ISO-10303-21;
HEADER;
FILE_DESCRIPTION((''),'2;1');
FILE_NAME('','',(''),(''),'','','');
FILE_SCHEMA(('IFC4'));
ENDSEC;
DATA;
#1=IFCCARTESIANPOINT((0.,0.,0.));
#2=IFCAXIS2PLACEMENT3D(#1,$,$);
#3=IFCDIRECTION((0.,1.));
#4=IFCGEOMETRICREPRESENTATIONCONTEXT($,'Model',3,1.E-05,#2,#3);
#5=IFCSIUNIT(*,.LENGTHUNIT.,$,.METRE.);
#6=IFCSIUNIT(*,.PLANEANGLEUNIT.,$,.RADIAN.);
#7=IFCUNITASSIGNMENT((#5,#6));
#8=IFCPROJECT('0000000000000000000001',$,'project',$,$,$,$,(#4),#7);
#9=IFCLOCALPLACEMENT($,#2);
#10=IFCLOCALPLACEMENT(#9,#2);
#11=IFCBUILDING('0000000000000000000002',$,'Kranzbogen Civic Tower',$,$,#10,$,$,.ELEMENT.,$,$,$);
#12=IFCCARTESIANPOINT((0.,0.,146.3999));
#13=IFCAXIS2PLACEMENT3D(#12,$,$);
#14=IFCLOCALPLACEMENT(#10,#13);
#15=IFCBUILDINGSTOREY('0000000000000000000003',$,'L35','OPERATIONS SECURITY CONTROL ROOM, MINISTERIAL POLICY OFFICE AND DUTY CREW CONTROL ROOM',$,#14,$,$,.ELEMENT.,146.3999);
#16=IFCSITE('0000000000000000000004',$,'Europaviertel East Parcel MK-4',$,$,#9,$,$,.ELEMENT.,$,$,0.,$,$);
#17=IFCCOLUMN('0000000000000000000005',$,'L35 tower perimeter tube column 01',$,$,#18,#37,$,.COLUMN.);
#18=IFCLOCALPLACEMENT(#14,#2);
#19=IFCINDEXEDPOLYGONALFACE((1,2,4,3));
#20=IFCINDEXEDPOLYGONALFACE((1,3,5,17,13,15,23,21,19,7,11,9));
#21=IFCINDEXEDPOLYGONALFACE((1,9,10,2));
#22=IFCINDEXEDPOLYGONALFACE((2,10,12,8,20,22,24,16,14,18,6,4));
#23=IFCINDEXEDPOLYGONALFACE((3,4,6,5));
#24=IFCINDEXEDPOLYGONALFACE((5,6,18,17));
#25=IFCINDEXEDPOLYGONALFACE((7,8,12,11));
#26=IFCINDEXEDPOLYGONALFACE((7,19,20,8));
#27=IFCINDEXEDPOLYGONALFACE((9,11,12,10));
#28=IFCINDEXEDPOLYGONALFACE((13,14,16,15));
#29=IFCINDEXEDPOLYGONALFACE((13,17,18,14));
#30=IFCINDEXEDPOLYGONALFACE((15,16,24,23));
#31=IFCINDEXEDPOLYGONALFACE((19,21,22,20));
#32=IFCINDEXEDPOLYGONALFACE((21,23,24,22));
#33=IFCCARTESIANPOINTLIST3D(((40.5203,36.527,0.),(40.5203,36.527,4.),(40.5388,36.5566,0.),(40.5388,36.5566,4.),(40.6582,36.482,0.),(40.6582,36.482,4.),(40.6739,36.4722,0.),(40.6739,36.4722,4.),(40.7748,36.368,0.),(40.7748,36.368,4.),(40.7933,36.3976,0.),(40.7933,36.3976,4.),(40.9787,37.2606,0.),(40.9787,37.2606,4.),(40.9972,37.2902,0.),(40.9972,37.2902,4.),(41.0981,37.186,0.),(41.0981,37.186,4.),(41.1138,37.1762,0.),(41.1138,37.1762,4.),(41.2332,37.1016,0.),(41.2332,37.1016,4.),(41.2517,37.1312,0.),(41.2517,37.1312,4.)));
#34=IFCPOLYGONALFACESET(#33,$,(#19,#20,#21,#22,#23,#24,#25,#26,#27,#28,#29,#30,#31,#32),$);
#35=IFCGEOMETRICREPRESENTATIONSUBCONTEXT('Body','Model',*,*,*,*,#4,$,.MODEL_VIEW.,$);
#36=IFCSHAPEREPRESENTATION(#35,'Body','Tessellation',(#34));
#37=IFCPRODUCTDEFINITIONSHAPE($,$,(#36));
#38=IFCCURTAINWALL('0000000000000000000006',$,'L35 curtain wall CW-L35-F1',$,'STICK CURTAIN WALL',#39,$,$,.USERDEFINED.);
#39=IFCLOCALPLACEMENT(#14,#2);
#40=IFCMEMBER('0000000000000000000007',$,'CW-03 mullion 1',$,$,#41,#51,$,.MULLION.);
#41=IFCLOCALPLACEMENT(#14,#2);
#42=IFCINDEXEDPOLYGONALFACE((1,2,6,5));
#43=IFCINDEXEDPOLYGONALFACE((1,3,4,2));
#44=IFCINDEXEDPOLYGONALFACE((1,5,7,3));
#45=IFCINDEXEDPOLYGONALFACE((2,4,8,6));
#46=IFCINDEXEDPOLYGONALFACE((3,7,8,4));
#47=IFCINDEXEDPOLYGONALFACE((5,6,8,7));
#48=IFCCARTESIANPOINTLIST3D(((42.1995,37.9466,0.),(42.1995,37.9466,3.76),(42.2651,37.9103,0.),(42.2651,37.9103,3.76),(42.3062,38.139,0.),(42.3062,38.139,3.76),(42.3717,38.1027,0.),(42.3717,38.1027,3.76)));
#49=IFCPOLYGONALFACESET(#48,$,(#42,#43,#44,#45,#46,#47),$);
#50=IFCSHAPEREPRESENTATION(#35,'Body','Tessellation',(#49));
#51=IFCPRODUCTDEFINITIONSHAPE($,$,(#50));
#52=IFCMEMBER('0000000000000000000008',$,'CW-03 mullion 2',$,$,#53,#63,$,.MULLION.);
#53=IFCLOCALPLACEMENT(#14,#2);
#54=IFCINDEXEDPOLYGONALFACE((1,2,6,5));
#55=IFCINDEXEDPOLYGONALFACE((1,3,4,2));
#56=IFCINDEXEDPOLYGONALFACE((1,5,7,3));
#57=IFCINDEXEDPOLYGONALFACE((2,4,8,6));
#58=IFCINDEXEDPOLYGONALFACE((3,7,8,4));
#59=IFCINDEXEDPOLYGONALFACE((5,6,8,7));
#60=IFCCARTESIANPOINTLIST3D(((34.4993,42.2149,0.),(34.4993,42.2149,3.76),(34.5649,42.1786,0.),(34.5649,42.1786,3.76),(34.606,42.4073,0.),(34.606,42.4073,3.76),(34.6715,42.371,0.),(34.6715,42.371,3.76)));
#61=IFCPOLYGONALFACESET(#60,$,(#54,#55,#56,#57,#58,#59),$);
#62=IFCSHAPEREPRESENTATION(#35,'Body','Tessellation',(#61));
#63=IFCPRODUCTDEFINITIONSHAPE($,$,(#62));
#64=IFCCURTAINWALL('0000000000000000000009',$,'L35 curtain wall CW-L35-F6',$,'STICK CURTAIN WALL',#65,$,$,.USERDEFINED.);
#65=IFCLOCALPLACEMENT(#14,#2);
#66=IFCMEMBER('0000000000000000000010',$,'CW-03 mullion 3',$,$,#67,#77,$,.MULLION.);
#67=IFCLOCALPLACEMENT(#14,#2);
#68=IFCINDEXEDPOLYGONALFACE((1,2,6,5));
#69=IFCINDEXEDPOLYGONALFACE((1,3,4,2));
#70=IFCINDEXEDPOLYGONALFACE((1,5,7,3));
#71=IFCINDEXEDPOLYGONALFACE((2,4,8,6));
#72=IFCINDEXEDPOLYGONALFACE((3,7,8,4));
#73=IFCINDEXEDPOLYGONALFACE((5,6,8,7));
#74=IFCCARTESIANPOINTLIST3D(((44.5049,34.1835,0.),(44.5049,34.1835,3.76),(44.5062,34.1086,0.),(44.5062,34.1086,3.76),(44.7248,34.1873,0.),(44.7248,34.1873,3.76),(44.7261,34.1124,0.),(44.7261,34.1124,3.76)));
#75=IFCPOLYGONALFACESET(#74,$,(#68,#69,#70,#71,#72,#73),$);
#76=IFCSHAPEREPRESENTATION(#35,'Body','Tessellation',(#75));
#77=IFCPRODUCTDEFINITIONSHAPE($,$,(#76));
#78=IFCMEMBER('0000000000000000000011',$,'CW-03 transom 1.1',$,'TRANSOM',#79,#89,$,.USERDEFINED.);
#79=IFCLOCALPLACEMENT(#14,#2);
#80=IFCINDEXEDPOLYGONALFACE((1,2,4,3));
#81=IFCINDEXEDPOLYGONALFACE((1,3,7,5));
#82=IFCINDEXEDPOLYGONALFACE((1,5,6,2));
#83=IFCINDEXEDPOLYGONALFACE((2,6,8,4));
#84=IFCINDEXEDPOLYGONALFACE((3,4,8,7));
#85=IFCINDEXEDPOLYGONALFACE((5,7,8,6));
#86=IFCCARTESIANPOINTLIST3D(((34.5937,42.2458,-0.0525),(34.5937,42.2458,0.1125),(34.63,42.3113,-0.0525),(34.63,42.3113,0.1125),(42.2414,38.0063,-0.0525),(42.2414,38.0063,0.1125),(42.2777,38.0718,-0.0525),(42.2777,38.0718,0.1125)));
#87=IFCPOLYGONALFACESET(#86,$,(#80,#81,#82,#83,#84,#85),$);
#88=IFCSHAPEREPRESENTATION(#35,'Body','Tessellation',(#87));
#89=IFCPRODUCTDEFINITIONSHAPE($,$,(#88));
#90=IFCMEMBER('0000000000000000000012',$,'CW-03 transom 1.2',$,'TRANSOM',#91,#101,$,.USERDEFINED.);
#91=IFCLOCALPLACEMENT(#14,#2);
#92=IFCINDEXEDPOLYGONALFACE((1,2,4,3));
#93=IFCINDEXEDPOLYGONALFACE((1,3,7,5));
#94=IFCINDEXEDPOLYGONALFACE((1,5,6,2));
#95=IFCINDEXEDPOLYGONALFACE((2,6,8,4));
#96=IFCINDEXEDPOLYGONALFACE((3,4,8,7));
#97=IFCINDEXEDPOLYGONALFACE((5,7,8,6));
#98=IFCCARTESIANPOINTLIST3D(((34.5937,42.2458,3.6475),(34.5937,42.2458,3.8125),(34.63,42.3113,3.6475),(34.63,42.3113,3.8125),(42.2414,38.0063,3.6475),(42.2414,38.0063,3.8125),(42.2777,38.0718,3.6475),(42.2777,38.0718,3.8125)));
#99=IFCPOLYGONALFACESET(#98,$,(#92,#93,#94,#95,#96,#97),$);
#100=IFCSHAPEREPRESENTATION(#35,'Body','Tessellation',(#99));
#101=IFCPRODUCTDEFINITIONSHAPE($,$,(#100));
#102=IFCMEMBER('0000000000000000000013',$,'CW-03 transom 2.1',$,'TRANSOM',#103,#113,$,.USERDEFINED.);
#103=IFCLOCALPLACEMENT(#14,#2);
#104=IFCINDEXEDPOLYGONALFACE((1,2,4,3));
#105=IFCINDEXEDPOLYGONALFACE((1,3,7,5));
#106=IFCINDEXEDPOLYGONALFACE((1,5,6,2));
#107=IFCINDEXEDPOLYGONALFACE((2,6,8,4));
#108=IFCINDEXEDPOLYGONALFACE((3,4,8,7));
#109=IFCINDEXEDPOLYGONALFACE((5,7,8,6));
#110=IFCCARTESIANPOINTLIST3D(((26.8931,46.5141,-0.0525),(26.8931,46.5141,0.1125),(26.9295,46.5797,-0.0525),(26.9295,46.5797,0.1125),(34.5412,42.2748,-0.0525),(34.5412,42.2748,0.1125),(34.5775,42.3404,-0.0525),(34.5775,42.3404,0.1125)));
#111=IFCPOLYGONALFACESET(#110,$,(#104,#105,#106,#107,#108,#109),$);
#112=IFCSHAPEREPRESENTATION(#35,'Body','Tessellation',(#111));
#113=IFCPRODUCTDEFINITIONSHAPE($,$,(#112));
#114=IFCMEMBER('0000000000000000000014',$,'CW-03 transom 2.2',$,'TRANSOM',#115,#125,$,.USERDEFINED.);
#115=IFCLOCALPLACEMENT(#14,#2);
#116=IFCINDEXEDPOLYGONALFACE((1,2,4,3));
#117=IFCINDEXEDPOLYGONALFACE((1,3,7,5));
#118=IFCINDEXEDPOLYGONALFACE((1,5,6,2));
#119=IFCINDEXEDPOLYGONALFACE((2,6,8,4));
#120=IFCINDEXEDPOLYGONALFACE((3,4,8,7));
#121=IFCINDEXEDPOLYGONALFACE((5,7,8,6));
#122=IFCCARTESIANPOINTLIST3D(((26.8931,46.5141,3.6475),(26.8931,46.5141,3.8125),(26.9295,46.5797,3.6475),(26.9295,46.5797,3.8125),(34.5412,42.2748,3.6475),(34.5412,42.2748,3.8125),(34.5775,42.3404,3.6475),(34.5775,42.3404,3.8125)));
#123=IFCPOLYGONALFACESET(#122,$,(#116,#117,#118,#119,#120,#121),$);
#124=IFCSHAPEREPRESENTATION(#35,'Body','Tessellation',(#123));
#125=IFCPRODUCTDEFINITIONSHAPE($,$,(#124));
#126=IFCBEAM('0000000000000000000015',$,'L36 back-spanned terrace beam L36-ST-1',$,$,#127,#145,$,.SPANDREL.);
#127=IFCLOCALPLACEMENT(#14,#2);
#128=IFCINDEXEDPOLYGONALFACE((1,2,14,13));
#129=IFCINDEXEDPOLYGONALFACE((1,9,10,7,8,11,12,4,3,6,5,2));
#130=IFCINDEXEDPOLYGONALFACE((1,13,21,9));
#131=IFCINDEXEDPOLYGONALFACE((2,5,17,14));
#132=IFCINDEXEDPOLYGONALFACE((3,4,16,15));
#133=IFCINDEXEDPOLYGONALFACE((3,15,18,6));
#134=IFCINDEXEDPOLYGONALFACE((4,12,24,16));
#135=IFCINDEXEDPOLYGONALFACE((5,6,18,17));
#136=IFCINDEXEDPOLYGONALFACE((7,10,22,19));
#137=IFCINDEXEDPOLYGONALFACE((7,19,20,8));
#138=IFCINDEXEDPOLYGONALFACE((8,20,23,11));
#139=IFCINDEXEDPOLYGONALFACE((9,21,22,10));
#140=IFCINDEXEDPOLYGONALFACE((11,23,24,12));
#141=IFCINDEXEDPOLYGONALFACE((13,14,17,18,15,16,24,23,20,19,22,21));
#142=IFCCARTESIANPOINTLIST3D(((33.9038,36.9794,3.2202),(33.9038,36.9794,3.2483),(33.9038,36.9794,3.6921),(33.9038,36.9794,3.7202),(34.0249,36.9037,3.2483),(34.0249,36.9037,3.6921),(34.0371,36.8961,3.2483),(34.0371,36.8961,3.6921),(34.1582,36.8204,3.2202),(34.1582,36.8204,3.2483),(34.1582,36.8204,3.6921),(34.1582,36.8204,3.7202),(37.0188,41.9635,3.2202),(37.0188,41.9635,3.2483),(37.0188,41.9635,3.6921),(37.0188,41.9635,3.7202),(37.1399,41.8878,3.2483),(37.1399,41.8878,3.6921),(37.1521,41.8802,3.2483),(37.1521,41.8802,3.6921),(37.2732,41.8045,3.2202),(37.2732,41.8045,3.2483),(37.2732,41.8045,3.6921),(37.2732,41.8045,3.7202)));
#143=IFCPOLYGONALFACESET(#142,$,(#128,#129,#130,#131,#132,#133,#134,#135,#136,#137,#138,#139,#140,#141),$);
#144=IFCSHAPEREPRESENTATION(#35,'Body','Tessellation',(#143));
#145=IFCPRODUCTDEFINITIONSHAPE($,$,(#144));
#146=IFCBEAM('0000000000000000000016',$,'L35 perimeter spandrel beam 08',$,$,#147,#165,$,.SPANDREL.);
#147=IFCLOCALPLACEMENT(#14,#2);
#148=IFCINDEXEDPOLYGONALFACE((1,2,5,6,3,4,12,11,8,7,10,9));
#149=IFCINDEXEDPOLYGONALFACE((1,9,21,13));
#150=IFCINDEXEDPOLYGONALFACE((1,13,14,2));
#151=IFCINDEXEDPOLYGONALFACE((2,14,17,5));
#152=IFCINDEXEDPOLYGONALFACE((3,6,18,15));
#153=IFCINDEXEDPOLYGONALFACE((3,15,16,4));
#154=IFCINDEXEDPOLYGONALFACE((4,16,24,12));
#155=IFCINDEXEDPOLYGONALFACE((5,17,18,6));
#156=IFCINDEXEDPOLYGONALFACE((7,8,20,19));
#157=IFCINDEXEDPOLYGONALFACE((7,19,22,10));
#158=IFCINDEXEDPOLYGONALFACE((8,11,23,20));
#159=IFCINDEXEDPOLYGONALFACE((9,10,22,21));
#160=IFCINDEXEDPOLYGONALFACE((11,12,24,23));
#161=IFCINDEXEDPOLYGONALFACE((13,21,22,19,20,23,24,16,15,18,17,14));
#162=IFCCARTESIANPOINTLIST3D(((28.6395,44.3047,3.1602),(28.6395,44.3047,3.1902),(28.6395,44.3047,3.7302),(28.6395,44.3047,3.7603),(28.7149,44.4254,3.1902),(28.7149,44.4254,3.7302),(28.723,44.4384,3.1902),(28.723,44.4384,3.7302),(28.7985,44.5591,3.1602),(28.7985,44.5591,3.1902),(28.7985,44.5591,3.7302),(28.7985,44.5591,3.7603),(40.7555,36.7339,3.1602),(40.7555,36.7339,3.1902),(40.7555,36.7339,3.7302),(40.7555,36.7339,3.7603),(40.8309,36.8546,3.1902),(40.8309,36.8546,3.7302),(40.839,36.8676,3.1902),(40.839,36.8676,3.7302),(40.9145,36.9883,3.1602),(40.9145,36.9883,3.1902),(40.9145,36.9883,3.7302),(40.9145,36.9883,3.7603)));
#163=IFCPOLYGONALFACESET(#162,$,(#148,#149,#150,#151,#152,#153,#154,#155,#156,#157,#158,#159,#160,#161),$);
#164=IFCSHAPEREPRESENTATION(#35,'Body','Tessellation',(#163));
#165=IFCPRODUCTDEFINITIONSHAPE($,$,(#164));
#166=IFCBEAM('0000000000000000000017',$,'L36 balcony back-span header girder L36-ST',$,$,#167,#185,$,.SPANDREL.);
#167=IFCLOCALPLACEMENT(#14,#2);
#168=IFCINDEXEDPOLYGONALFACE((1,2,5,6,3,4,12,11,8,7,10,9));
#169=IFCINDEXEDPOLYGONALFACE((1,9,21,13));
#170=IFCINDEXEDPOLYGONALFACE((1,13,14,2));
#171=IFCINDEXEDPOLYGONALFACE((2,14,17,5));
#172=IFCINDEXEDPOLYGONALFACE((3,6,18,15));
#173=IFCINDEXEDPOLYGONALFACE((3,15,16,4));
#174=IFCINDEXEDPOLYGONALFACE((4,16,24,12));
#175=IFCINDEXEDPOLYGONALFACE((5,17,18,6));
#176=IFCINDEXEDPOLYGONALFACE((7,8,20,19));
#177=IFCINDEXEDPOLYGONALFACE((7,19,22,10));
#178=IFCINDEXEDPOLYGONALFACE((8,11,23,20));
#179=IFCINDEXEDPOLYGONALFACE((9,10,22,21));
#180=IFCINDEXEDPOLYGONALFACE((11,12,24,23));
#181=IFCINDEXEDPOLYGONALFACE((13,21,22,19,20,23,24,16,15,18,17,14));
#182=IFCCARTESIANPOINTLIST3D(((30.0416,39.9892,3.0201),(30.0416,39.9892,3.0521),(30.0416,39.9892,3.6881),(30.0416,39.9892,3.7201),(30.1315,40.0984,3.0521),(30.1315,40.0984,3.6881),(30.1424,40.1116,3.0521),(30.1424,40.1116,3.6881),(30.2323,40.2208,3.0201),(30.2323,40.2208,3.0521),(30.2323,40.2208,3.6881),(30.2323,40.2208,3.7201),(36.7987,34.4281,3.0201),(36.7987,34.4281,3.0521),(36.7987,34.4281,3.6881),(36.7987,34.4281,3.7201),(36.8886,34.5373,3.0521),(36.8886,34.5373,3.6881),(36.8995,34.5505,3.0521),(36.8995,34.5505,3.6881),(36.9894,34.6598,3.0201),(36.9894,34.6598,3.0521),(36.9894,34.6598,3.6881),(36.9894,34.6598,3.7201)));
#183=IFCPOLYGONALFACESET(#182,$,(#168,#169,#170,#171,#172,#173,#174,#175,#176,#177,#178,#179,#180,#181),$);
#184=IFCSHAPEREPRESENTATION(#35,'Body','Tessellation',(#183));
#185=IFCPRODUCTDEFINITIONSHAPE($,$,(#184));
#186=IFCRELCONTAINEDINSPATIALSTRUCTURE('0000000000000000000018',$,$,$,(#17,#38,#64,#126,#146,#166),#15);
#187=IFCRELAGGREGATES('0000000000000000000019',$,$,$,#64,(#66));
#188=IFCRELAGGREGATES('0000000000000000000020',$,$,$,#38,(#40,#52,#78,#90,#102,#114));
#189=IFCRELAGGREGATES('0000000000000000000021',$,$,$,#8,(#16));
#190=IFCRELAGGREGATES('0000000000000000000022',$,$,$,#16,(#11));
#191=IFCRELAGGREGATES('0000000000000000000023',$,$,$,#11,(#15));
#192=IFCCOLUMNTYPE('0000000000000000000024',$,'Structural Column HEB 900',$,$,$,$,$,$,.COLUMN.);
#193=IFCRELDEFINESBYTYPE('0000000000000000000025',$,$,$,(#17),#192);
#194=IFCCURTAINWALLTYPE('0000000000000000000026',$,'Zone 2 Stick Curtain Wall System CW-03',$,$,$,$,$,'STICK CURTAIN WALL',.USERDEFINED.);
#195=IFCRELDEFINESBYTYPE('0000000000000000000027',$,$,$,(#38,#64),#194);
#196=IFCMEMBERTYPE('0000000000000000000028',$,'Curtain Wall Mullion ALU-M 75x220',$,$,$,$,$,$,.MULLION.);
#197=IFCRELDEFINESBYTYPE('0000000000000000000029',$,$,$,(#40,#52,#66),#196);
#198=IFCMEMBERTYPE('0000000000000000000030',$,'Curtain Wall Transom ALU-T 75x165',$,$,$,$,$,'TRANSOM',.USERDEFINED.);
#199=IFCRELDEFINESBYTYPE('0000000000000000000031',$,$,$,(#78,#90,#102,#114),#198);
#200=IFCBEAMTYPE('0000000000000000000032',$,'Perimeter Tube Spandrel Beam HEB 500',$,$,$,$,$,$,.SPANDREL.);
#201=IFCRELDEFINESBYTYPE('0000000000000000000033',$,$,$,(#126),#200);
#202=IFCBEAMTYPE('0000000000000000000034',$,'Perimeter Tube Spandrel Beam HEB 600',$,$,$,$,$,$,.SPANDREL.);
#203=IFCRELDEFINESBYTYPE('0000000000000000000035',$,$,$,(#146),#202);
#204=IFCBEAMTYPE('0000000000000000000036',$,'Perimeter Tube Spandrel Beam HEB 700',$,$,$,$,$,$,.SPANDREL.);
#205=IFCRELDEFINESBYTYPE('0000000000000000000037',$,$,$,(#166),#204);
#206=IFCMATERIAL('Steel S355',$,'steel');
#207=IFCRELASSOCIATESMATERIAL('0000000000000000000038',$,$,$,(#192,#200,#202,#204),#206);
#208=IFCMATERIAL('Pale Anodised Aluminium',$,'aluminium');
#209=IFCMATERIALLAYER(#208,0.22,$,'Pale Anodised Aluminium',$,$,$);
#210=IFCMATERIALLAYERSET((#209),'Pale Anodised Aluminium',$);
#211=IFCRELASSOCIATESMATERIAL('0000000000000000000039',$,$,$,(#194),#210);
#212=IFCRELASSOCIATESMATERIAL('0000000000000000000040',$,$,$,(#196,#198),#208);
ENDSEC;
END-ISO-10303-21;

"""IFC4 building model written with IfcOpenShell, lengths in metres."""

from ifc_helpers import new_model, si_unit, direction, frame, origin, origin_2d, place, context, subcontext, project, spatial, rectangle, i_section, extrude, material, layer, layer_set, material_profile, profile_set, type_object, element, aggregate, save


model = new_model("IFC4")

# Units and contexts
model_context = context("Model", 3, precision=1e-05, world=origin(), true_north=direction((0.0, 1.0)))
body_context = subcontext(model_context, "Body", "Model", "MODEL_VIEW")
ifc_project = project(units=[si_unit("LENGTHUNIT", "METRE"), si_unit("PLANEANGLEUNIT", "RADIAN")], contexts=[model_context])

# Site, building, storey
site_placement = place(None, origin())
site = spatial("IfcSite", under=ifc_project, at=site_placement, Name="Europaviertel East Parcel MK-4", CompositionType="ELEMENT", RefElevation=0.0)
building_placement = place(site_placement, origin())
building = spatial("IfcBuilding", under=site, at=building_placement, Name="Kranzbogen Civic Tower", CompositionType="ELEMENT")
storey_placement = place(building_placement, frame((0.0, 0.0, 146.3999)))
storey = spatial("IfcBuildingStorey", under=building, at=storey_placement, Name="L35", Description="OPERATIONS SECURITY CONTROL ROOM, MINISTERIAL POLICY OFFICE AND DUTY CREW CONTROL ROOM", CompositionType="ELEMENT", Elevation=146.3999)

# Column
ifc_material_1 = material(Name="Steel S355", Category="steel")
ifc_material_profile_1 = material_profile(ifc_material_1, i_section(OverallWidth=0.3, OverallDepth=0.8999, WebThickness=0.0186, FlangeThickness=0.0349, at=origin_2d()), Name="HEB 900")
ifc_profile_set_1 = profile_set([ifc_material_profile_1], Name="Steel S355")
column_type = type_object("IfcColumnType", Name="Structural Column HEB 900", PredefinedType="COLUMN", material=ifc_profile_set_1)
column_placement = place(storey_placement, frame((40.886, 36.8291, 0.0), z_axis=(0.0, 0.0, 1.0), x_axis=(-0.848048, 0.529919, 0.0)))
element("IfcColumn", 1, at=column_placement, inside=storey, type_object=column_type, Name="L35 tower perimeter tube column 01", PredefinedType="COLUMN", context=body_context, shape_type="SweptSolid", body=[
    extrude(i_section(OverallWidth=0.3, OverallDepth=0.8999, WebThickness=0.0186, FlangeThickness=0.0349, at=origin_2d()), origin(), (0.0, 0.0, 1.0), 4.0),
])

# Curtain wall, members
ifc_material_2 = material(Name="Pale Anodised Aluminium", Category="aluminium")
ifc_layer_1 = layer(ifc_material_2, 0.22, Name="Pale Anodised Aluminium")
ifc_layer_set_1 = layer_set([ifc_layer_1], Name="Pale Anodised Aluminium")
curtain_wall_type = type_object("IfcCurtainWallType", Name="Zone 2 Stick Curtain Wall System CW-03", ElementType="STICK CURTAIN WALL", PredefinedType="USERDEFINED", material=ifc_layer_set_1)
curtain_wall_1_placement = place(storey_placement, origin())
curtain_wall_1 = element("IfcCurtainWall", 2, at=curtain_wall_1_placement, inside=storey, type_object=curtain_wall_type, Name="L35 curtain wall CW-L35-F1", ObjectType="STICK CURTAIN WALL", PredefinedType="USERDEFINED")
ifc_material_profile_2 = material_profile(ifc_material_2, rectangle(XDim=0.075, YDim=0.22, at=origin_2d()), Name="ALU-M 75x220")
ifc_profile_set_2 = profile_set([ifc_material_profile_2], Name="Pale Anodised Aluminium")
member_type_1 = type_object("IfcMemberType", Name="Curtain Wall Mullion ALU-M 75x220", PredefinedType="MULLION", material=ifc_profile_set_2)
member_1_placement = place(storey_placement, frame((42.2856, 38.0247, 0.0), z_axis=(0.0, 0.0, 1.0), x_axis=(-0.874613, 0.484821, 0.0)))
member_1 = element("IfcMember", 3, at=member_1_placement, type_object=member_type_1, Name="CW-03 mullion 1", PredefinedType="MULLION", context=body_context, shape_type="SweptSolid", body=[
    extrude(rectangle(XDim=0.075, YDim=0.22, at=origin_2d()), origin(), (0.0, 0.0, 1.0), 3.76),
])
member_2_placement = place(storey_placement, frame((34.5854, 42.293, 0.0), z_axis=(0.0, 0.0, 1.0), x_axis=(-0.874613, 0.484821, 0.0)))
member_2 = element("IfcMember", 4, at=member_2_placement, type_object=member_type_1, Name="CW-03 mullion 2", PredefinedType="MULLION", context=body_context, shape_type="SweptSolid", body=[
    extrude(rectangle(XDim=0.075, YDim=0.22, at=origin_2d()), origin(), (0.0, 0.0, 1.0), 3.76),
])

# Curtain wall, member
curtain_wall_2_placement = place(storey_placement, origin())
curtain_wall_2 = element("IfcCurtainWall", 5, at=curtain_wall_2_placement, inside=storey, type_object=curtain_wall_type, Name="L35 curtain wall CW-L35-F6", ObjectType="STICK CURTAIN WALL", PredefinedType="USERDEFINED")
member_3_placement = place(storey_placement, frame((44.6155, 34.1479, 0.0), z_axis=(0.0, 0.0, 1.0), x_axis=(-0.017432, 0.999848, 0.0)))
member_3 = element("IfcMember", 6, at=member_3_placement, type_object=member_type_1, Name="CW-03 mullion 3", PredefinedType="MULLION", context=body_context, shape_type="SweptSolid", body=[
    extrude(rectangle(XDim=0.075, YDim=0.22, at=origin_2d()), origin(), (0.0, 0.0, 1.0), 3.76),
])
aggregate(curtain_wall_2, [member_3])

# Members
ifc_material_profile_3 = material_profile(ifc_material_2, rectangle(XDim=0.075, YDim=0.165, at=origin_2d()), Name="ALU-T 75x165")
ifc_profile_set_3 = profile_set([ifc_material_profile_3], Name="Pale Anodised Aluminium")
member_type_2 = type_object("IfcMemberType", Name="Curtain Wall Transom ALU-T 75x165", ElementType="TRANSOM", PredefinedType="USERDEFINED", material=ifc_profile_set_3)
member_4_placement = place(storey_placement, frame((42.2595, 38.0391, 0.03), z_axis=(-0.874605, 0.484837, 0.0), x_axis=(-0.484837, -0.874605, 0.0)))
member_4 = element("IfcMember", 7, at=member_4_placement, type_object=member_type_2, Name="CW-03 transom 1.1", ObjectType="TRANSOM", PredefinedType="USERDEFINED", context=body_context, shape_type="SweptSolid", body=[
    extrude(rectangle(XDim=0.075, YDim=0.165, at=origin_2d()), origin(), (0.0, 0.0, 1.0), 8.7441),
])
member_5_placement = place(storey_placement, frame((42.2595, 38.0391, 3.73), z_axis=(-0.874605, 0.484837, 0.0), x_axis=(-0.484837, -0.874605, 0.0)))
member_5 = element("IfcMember", 8, at=member_5_placement, type_object=member_type_2, Name="CW-03 transom 1.2", ObjectType="TRANSOM", PredefinedType="USERDEFINED", context=body_context, shape_type="SweptSolid", body=[
    extrude(rectangle(XDim=0.075, YDim=0.165, at=origin_2d()), origin(), (0.0, 0.0, 1.0), 8.7441),
])
member_6_placement = place(storey_placement, frame((34.5593, 42.3076, 0.03), z_axis=(-0.874623, 0.484804, 0.0), x_axis=(-0.484804, -0.874623, 0.0)))
member_6 = element("IfcMember", 9, at=member_6_placement, type_object=member_type_2, Name="CW-03 transom 2.1", ObjectType="TRANSOM", PredefinedType="USERDEFINED", context=body_context, shape_type="SweptSolid", body=[
    extrude(rectangle(XDim=0.075, YDim=0.165, at=origin_2d()), origin(), (0.0, 0.0, 1.0), 8.7444),
])
member_7_placement = place(storey_placement, frame((34.5593, 42.3076, 3.73), z_axis=(-0.874623, 0.484804, 0.0), x_axis=(-0.484804, -0.874623, 0.0)))
member_7 = element("IfcMember", 10, at=member_7_placement, type_object=member_type_2, Name="CW-03 transom 2.2", ObjectType="TRANSOM", PredefinedType="USERDEFINED", context=body_context, shape_type="SweptSolid", body=[
    extrude(rectangle(XDim=0.075, YDim=0.165, at=origin_2d()), origin(), (0.0, 0.0, 1.0), 8.7444),
])

# Beams
ifc_material_profile_4 = material_profile(ifc_material_1, i_section(OverallWidth=0.3, OverallDepth=0.5, WebThickness=0.0144, FlangeThickness=0.0281, at=origin_2d()), Name="HEB 500")
ifc_profile_set_4 = profile_set([ifc_material_profile_4], Name="Steel S355")
beam_type_1 = type_object("IfcBeamType", Name="Perimeter Tube Spandrel Beam HEB 500", PredefinedType="SPANDREL", material=ifc_profile_set_4)
beam_1_placement = place(storey_placement, frame((34.031, 36.8999, 3.4702), z_axis=(0.529988, 0.848005, 0.0), x_axis=(-0.848005, 0.529988, 0.0)))
element("IfcBeam", 11, at=beam_1_placement, inside=storey, type_object=beam_type_1, Name="L36 back-spanned terrace beam L36-ST-1", PredefinedType="SPANDREL", context=body_context, shape_type="SweptSolid", body=[
    extrude(i_section(OverallWidth=0.3, OverallDepth=0.5, WebThickness=0.0144, FlangeThickness=0.0281, at=origin_2d()), origin(), (0.0, 0.0, 1.0), 5.8774),
])
ifc_material_profile_5 = material_profile(ifc_material_1, i_section(OverallWidth=0.3, OverallDepth=0.6001, WebThickness=0.0154, FlangeThickness=0.03, at=origin_2d()), Name="HEB 600")
ifc_profile_set_5 = profile_set([ifc_material_profile_5], Name="Steel S355")
beam_type_2 = type_object("IfcBeamType", Name="Perimeter Tube Spandrel Beam HEB 600", PredefinedType="SPANDREL", material=ifc_profile_set_5)
beam_2_placement = place(storey_placement, frame((40.835, 36.8611, 3.4602), z_axis=(-0.848051, 0.529914, 0.0), x_axis=(-0.529914, -0.848051, 0.0)))
element("IfcBeam", 12, at=beam_2_placement, inside=storey, type_object=beam_type_2, Name="L35 perimeter spandrel beam 08", PredefinedType="SPANDREL", context=body_context, shape_type="SweptSolid", body=[
    extrude(i_section(OverallWidth=0.3, OverallDepth=0.6001, WebThickness=0.0154, FlangeThickness=0.03, at=origin_2d()), origin(), (0.0, 0.0, 1.0), 14.2869),
])
ifc_material_profile_6 = material_profile(ifc_material_1, i_section(OverallWidth=0.3, OverallDepth=0.7, WebThickness=0.0171, FlangeThickness=0.032, at=origin_2d()), Name="HEB 700")
ifc_profile_set_6 = profile_set([ifc_material_profile_6], Name="Steel S355")
beam_type_3 = type_object("IfcBeamType", Name="Perimeter Tube Spandrel Beam HEB 700", PredefinedType="SPANDREL", material=ifc_profile_set_6)
beam_3_placement = place(storey_placement, frame((36.894, 34.5439, 3.3701), z_axis=(-0.772133, 0.635461, 0.0), x_axis=(-0.635461, -0.772133, 0.0)))
element("IfcBeam", 13, at=beam_3_placement, inside=storey, type_object=beam_type_3, Name="L36 balcony back-span header girder L36-ST", PredefinedType="SPANDREL", context=body_context, shape_type="SweptSolid", body=[
    extrude(i_section(OverallWidth=0.3, OverallDepth=0.7, WebThickness=0.0171, FlangeThickness=0.032, at=origin_2d()), origin(), (0.0, 0.0, 1.0), 8.7512),
])

aggregate(curtain_wall_1, [member_1, member_2, member_4, member_5, member_6, member_7])

save(model, "model.ifc")
